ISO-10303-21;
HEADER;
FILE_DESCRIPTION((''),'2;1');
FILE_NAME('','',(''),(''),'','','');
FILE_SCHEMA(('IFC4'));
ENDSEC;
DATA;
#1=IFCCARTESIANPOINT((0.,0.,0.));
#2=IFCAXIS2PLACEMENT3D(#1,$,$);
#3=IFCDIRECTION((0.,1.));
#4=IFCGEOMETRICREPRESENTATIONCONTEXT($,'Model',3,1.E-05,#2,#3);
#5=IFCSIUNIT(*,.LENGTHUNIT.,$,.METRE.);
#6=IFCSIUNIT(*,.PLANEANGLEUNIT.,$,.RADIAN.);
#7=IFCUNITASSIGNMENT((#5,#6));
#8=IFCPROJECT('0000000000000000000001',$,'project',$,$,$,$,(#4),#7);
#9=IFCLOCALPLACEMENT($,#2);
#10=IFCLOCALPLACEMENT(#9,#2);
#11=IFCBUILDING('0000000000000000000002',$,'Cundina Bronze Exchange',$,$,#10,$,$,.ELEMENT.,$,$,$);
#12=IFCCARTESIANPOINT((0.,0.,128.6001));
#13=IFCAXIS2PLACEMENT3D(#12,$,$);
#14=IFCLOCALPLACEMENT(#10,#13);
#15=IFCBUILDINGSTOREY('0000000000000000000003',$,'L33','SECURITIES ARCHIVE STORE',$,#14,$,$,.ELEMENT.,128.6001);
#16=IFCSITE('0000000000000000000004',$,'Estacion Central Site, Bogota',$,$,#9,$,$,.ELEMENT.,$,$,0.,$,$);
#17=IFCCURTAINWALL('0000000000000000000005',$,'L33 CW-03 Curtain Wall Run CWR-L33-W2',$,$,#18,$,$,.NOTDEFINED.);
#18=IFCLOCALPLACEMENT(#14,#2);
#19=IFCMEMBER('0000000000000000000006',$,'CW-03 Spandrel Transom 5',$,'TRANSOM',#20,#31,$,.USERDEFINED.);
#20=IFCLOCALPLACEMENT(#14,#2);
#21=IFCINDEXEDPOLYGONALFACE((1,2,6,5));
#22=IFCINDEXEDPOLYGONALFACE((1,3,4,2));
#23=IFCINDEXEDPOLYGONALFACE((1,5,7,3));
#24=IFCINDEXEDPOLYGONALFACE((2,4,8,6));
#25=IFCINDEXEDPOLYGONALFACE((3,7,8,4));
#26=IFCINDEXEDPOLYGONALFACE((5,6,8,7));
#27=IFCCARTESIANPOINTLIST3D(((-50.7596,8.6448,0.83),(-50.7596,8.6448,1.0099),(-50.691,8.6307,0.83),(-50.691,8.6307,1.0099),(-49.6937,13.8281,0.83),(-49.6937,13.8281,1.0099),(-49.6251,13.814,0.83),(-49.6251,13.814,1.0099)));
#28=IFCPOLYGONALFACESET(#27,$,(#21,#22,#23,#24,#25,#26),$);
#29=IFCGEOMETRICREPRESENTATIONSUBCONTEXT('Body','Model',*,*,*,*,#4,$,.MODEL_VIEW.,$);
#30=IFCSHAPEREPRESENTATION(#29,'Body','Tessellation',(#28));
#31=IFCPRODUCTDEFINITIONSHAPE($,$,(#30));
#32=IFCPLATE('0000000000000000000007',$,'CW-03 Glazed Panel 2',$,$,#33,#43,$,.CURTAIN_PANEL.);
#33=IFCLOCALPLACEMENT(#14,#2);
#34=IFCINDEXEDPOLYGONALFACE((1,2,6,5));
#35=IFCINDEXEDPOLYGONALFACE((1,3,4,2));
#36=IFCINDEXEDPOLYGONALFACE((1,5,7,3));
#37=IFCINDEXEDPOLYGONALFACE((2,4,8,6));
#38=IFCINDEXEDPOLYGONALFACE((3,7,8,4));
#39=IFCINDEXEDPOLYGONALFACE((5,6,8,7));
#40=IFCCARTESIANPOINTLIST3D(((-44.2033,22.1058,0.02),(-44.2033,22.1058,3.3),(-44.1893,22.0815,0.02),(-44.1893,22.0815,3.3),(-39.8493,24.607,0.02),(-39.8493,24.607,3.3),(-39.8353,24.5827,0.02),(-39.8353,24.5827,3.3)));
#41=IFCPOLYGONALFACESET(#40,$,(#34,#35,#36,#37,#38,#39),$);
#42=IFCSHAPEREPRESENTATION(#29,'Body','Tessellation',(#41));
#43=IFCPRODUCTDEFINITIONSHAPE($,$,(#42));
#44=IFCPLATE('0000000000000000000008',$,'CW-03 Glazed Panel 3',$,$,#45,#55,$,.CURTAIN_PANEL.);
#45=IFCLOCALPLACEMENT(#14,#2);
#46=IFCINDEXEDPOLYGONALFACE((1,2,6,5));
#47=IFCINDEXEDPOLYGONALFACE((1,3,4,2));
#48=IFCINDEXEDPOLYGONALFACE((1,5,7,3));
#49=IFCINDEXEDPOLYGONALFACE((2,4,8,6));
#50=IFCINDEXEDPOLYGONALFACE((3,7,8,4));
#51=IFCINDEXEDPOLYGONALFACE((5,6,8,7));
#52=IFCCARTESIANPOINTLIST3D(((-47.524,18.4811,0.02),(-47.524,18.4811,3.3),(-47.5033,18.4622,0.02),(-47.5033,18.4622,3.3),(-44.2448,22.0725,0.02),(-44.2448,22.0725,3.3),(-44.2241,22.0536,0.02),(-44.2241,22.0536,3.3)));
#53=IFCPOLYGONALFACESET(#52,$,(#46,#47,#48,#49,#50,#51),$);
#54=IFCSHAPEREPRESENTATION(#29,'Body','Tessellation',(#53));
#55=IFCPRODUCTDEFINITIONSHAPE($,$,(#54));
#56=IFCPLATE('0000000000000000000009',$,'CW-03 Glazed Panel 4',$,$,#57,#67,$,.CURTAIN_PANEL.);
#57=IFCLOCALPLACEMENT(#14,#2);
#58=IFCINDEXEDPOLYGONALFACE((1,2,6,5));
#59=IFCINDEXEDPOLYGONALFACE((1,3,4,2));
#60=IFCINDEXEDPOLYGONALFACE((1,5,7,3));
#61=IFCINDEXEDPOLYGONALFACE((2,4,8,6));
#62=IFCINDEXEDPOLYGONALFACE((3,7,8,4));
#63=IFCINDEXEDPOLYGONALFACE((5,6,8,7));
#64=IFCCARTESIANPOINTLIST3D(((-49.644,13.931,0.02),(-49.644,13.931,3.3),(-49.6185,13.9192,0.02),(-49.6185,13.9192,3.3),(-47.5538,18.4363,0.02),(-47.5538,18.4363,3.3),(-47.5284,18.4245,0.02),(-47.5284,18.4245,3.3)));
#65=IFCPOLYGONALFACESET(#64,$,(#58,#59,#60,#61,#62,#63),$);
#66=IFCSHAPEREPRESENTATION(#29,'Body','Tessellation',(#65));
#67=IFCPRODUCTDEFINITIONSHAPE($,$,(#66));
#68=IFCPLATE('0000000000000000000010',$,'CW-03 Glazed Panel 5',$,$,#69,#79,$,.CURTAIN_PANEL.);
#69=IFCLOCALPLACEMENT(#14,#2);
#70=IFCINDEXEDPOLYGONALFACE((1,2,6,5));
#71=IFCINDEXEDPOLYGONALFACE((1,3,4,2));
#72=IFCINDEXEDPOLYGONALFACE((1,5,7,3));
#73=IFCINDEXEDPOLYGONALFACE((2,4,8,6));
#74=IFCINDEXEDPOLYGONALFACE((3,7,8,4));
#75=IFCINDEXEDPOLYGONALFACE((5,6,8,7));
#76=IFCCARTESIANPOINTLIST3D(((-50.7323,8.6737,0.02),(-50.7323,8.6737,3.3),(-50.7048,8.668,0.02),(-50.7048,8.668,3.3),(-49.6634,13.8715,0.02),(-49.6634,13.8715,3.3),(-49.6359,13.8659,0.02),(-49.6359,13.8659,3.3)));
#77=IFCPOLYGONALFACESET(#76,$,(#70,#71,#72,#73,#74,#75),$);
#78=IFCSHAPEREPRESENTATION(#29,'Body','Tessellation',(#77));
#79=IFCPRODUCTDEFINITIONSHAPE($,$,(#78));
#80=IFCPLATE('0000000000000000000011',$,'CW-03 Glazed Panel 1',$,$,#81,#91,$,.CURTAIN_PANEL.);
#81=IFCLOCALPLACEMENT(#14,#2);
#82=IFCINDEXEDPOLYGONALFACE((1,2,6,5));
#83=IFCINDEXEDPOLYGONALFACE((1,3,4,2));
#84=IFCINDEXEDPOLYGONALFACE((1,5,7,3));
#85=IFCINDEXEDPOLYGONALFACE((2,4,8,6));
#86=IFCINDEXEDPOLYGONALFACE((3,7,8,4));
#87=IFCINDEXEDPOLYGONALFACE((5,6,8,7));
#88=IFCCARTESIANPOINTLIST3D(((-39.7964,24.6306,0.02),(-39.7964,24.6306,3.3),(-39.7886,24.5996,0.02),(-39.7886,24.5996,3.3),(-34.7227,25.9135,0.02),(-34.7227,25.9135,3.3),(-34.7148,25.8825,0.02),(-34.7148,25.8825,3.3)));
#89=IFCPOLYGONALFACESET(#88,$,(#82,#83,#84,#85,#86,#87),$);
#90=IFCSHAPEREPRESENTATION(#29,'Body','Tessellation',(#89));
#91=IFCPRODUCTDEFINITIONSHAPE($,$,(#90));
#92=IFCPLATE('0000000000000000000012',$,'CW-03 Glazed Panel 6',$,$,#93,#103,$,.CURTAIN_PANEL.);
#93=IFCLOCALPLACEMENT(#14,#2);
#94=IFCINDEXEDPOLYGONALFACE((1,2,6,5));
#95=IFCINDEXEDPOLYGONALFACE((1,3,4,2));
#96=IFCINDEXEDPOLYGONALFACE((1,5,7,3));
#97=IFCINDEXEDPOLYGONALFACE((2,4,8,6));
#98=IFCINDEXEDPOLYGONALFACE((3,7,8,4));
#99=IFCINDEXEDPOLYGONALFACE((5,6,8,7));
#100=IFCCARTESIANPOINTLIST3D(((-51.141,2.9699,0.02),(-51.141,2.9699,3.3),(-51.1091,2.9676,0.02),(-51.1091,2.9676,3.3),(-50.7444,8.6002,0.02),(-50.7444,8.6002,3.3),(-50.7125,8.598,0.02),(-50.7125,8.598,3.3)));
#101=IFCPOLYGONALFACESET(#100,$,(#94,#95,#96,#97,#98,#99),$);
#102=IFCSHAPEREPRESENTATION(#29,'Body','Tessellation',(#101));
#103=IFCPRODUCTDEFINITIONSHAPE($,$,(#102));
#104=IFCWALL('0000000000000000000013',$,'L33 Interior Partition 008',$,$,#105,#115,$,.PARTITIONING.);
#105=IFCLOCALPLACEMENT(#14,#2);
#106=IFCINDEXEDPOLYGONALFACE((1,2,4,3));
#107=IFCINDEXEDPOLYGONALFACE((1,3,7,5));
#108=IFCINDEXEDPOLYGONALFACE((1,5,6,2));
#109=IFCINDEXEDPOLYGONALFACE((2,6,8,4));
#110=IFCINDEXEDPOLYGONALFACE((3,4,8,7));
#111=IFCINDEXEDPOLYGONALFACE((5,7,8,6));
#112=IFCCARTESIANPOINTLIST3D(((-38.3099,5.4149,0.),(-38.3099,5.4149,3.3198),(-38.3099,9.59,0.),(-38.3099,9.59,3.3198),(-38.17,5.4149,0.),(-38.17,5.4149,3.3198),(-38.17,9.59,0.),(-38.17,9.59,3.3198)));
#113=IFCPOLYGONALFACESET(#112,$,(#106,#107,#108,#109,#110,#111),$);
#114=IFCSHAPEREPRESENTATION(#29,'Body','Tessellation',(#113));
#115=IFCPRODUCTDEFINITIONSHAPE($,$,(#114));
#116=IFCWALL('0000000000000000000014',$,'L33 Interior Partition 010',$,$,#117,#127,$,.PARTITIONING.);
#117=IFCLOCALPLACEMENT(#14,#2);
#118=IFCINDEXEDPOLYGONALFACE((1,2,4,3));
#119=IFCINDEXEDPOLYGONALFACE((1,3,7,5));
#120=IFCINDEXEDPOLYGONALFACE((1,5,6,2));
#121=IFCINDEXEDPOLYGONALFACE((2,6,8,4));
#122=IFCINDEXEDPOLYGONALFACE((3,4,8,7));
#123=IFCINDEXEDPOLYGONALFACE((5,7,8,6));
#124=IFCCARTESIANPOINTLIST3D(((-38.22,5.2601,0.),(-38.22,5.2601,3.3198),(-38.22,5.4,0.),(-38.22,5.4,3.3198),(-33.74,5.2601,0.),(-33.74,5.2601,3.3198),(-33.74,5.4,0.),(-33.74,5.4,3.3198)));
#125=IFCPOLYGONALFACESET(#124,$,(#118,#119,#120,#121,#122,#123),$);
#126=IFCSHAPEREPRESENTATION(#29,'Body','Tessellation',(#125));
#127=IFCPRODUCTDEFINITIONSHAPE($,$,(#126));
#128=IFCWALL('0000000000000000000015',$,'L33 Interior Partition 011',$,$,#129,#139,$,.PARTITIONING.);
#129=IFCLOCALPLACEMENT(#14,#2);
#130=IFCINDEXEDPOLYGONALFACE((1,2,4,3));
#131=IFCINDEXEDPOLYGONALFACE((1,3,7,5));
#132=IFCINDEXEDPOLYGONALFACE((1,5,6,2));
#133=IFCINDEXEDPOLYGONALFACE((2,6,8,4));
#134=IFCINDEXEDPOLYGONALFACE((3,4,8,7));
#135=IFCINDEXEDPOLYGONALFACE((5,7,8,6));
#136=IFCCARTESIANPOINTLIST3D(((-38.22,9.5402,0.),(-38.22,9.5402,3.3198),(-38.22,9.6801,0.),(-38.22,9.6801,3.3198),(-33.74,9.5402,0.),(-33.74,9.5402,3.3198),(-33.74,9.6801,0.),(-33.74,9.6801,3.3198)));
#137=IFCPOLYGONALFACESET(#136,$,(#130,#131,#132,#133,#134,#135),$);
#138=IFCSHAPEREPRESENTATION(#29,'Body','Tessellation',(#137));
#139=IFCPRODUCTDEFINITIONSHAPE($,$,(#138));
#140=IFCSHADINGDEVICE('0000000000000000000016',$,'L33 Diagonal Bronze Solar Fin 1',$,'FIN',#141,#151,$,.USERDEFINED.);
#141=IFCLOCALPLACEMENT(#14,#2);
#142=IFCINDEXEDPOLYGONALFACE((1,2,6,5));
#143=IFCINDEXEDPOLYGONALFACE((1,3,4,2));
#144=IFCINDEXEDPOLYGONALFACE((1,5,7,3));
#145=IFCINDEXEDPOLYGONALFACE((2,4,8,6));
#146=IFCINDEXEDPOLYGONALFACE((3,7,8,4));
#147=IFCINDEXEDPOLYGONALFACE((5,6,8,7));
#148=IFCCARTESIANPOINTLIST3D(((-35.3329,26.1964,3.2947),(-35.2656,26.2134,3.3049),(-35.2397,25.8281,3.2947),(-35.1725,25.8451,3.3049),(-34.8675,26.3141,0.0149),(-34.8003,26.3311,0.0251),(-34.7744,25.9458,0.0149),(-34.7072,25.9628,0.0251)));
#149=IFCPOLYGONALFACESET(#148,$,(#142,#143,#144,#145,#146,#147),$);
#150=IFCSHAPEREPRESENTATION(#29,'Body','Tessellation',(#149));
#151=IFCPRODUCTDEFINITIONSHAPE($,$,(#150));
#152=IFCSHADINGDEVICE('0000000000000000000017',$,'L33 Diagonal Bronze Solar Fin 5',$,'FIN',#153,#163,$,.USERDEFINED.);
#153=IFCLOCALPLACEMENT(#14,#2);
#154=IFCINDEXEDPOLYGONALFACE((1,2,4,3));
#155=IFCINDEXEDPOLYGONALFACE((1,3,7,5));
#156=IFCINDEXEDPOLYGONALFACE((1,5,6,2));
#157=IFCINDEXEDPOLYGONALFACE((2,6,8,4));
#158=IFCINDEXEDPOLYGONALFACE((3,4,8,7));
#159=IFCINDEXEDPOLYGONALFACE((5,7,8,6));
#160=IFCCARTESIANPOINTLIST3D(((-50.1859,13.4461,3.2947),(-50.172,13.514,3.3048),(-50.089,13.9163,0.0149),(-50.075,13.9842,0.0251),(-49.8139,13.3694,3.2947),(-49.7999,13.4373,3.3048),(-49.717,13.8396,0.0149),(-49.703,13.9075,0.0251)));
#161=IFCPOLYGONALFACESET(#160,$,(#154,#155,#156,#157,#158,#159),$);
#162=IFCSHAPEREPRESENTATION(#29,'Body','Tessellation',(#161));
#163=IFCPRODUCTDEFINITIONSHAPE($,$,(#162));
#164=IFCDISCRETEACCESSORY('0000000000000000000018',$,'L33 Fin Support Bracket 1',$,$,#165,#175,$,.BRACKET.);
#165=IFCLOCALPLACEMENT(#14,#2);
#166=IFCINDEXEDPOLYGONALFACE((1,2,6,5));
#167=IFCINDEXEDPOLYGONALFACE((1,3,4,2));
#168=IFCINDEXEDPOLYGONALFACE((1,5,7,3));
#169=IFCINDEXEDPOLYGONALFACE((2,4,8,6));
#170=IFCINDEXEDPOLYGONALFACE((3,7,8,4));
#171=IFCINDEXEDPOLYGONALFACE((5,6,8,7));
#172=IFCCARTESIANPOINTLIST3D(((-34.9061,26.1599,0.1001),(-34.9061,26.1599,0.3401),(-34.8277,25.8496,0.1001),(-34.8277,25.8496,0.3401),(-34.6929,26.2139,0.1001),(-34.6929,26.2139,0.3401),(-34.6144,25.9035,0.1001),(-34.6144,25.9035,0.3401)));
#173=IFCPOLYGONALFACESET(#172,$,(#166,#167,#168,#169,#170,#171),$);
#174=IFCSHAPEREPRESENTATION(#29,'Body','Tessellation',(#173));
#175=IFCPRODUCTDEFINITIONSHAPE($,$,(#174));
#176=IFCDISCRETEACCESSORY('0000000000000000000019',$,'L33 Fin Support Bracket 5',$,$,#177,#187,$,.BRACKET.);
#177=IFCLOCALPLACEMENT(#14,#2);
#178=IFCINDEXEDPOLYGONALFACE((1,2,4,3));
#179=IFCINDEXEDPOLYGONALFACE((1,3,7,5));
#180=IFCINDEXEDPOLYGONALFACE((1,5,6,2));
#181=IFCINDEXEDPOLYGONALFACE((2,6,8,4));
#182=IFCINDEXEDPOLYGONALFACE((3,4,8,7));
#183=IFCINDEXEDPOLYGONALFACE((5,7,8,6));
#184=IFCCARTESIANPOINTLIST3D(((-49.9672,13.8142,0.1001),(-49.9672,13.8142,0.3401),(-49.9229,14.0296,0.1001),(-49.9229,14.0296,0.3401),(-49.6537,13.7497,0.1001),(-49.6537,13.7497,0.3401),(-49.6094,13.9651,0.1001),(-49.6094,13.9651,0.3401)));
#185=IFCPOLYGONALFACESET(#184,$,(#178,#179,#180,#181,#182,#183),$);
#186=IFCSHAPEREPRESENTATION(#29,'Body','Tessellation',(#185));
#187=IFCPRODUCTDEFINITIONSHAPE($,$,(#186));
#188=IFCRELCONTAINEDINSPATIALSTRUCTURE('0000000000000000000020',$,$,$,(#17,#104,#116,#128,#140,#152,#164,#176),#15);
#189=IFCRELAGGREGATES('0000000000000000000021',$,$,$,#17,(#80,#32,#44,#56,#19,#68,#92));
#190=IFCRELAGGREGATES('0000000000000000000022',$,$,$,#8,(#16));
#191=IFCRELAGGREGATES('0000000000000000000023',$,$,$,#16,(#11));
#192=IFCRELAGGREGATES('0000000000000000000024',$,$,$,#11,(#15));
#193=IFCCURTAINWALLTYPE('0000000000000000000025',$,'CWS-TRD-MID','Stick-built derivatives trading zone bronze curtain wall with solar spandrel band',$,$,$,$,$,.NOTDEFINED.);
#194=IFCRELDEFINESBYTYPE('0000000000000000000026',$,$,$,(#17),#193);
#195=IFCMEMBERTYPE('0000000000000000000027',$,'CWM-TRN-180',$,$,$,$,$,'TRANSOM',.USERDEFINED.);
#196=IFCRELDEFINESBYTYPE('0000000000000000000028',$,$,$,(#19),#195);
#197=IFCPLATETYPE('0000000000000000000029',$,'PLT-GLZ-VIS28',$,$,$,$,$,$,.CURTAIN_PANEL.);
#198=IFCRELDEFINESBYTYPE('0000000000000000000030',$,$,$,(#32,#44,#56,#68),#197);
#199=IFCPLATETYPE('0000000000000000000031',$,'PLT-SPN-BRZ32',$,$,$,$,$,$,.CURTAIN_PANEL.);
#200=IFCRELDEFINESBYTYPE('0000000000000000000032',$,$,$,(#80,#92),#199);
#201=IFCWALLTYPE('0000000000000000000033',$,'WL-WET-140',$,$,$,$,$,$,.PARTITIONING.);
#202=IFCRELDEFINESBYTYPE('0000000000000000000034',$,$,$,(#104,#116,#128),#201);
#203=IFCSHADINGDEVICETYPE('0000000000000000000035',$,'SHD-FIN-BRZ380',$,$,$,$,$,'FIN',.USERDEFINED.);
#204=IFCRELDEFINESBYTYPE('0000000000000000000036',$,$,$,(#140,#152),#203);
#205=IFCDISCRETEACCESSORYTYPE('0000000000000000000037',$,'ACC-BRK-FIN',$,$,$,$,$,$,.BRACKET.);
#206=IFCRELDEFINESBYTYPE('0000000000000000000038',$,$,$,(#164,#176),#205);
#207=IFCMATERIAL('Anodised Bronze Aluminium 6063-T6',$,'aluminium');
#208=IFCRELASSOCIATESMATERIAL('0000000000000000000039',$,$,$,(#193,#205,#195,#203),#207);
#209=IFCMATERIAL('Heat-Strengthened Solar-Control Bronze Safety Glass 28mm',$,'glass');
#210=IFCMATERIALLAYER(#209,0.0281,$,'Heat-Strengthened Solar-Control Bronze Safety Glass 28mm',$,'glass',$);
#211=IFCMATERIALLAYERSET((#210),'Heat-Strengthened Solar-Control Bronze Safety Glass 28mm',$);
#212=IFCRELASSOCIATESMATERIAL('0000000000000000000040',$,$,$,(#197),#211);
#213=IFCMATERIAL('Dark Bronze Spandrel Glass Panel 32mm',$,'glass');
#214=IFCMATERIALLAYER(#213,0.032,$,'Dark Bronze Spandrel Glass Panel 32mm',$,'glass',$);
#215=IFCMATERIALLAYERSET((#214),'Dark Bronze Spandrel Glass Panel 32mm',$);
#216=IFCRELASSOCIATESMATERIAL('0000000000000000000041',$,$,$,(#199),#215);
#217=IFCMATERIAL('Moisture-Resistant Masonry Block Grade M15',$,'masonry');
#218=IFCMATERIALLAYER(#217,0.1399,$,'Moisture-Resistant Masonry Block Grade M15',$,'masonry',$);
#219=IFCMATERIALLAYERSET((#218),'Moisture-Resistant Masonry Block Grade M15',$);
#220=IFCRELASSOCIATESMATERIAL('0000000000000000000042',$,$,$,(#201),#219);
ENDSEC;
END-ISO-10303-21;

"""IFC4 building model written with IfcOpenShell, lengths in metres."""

from ifc_helpers import new_model, si_unit, direction, frame, frame_2d, origin, origin_2d, place, context, subcontext, project, spatial, rectangle, extrude, material, layer, layer_set, material_profile, profile_set, type_object, element, aggregate, save


model = new_model("IFC4")

# Units and contexts
model_context = context("Model", 3, precision=1e-05, world=origin(), true_north=direction((0.0, 1.0)))
body_context = subcontext(model_context, "Body", "Model", "MODEL_VIEW")
ifc_project = project(units=[si_unit("LENGTHUNIT", "METRE"), si_unit("PLANEANGLEUNIT", "RADIAN")], contexts=[model_context])

# Site, building, storey
site_placement = place(None, origin())
site = spatial("IfcSite", under=ifc_project, at=site_placement, Name="Estacion Central Site, Bogota", CompositionType="ELEMENT", RefElevation=0.0)
building_placement = place(site_placement, origin())
building = spatial("IfcBuilding", under=site, at=building_placement, Name="Cundina Bronze Exchange", CompositionType="ELEMENT")
storey_placement = place(building_placement, frame((0.0, 0.0, 128.6001)))
storey = spatial("IfcBuildingStorey", under=building, at=storey_placement, Name="L33", Description="SECURITIES ARCHIVE STORE", CompositionType="ELEMENT", Elevation=128.6001)

# Curtain wall, member, plates
ifc_material_1 = material(Name="Anodised Bronze Aluminium 6063-T6", Category="aluminium")
curtain_wall_type = type_object("IfcCurtainWallType", Name="CWS-TRD-MID", Description="Stick-built derivatives trading zone bronze curtain wall with solar spandrel band", PredefinedType="NOTDEFINED", material=ifc_material_1)
curtain_wall_placement = place(storey_placement, origin())
curtain_wall = element("IfcCurtainWall", 1, at=curtain_wall_placement, inside=storey, type_object=curtain_wall_type, Name="L33 CW-03 Curtain Wall Run CWR-L33-W2", PredefinedType="NOTDEFINED")
ifc_material_profile_1 = material_profile(ifc_material_1, rectangle(XDim=0.0701, YDim=0.1799, at=origin_2d()), Name="AL70X180", Category="aluminium")
ifc_profile_set_1 = profile_set([ifc_material_profile_1], Name="Anodised Bronze Aluminium 6063-T6")
member_type_1 = type_object("IfcMemberType", Name="CWM-TRN-180", ElementType="TRANSOM", PredefinedType="USERDEFINED", material=ifc_profile_set_1)
member_1_placement = place(storey_placement, frame((-49.6594, 13.821, 0.9199), z_axis=(-0.201428, -0.979503, 0.0), x_axis=(0.979503, -0.201428, 0.0)))
member_1 = element("IfcMember", 2, at=member_1_placement, type_object=member_type_1, Name="CW-03 Spandrel Transom 5", ObjectType="TRANSOM", PredefinedType="USERDEFINED", context=body_context, shape_type="SweptSolid", body=[
    extrude(rectangle(XDim=0.0701, YDim=0.1799, at=origin_2d()), origin(), (0.0, 0.0, 1.0), 5.2917),
])
ifc_material_2 = material(Name="Heat-Strengthened Solar-Control Bronze Safety Glass 28mm", Category="glass")
ifc_layer_1 = layer(ifc_material_2, 0.0281, Name="Heat-Strengthened Solar-Control Bronze Safety Glass 28mm", Category="glass")
ifc_layer_set_1 = layer_set([ifc_layer_1], Name="Heat-Strengthened Solar-Control Bronze Safety Glass 28mm")
plate_type_1 = type_object("IfcPlateType", Name="PLT-GLZ-VIS28", PredefinedType="CURTAIN_PANEL", material=ifc_layer_set_1)
plate_1_placement = place(storey_placement, frame((-42.0193, 23.3442, 0.02), z_axis=(0.0, 0.0, 1.0), x_axis=(-0.867105, -0.498125, 0.0)))
plate_1 = element("IfcPlate", 3, at=plate_1_placement, type_object=plate_type_1, Name="CW-03 Glazed Panel 2", PredefinedType="CURTAIN_PANEL", context=body_context, shape_type="SweptSolid", body=[
    extrude(rectangle(XDim=5.0212, YDim=0.0281, at=origin_2d()), origin(), (0.0, 0.0, 1.0), 3.28),
])
plate_2_placement = place(storey_placement, frame((-45.874, 20.2673, 0.02), z_axis=(0.0, 0.0, 1.0), x_axis=(-0.674277, -0.738479, 0.0)))
plate_2 = element("IfcPlate", 4, at=plate_2_placement, type_object=plate_type_1, Name="CW-03 Glazed Panel 3", PredefinedType="CURTAIN_PANEL", context=body_context, shape_type="SweptSolid", body=[
    extrude(rectangle(XDim=4.8633, YDim=0.0281, at=origin_2d()), origin(), (0.0, 0.0, 1.0), 3.28),
])
plate_3_placement = place(storey_placement, frame((-48.5862, 16.1777, 0.02), z_axis=(0.0, 0.0, 1.0), x_axis=(-0.420846, -0.907132, 0.0)))
plate_3 = element("IfcPlate", 5, at=plate_3_placement, type_object=plate_type_1, Name="CW-03 Glazed Panel 4", PredefinedType="CURTAIN_PANEL", context=body_context, shape_type="SweptSolid", body=[
    extrude(rectangle(XDim=4.9666, YDim=0.0281, at=origin_2d()), origin(), (0.0, 0.0, 1.0), 3.28),
])
plate_4_placement = place(storey_placement, frame((-50.1841, 11.2698, 0.02), z_axis=(0.0, 0.0, 1.0), x_axis=(-0.20142, -0.979505, 0.0)))
plate_4 = element("IfcPlate", 6, at=plate_4_placement, type_object=plate_type_1, Name="CW-03 Glazed Panel 5", PredefinedType="CURTAIN_PANEL", context=body_context, shape_type="SweptSolid", body=[
    extrude(rectangle(XDim=5.3066, YDim=0.0281, at=origin_2d()), origin(), (0.0, 0.0, 1.0), 3.28),
])
ifc_material_3 = material(Name="Dark Bronze Spandrel Glass Panel 32mm", Category="glass")
ifc_layer_2 = layer(ifc_material_3, 0.032, Name="Dark Bronze Spandrel Glass Panel 32mm", Category="glass")
ifc_layer_set_2 = layer_set([ifc_layer_2], Name="Dark Bronze Spandrel Glass Panel 32mm")
plate_type_2 = type_object("IfcPlateType", Name="PLT-SPN-BRZ32", PredefinedType="CURTAIN_PANEL", material=ifc_layer_set_2)
plate_5_placement = place(storey_placement, frame((-37.2556, 25.2566, 0.02), z_axis=(0.0, 0.0, 1.0), x_axis=(-0.969488, -0.245138, 0.0)))
plate_5 = element("IfcPlate", 7, at=plate_5_placement, type_object=plate_type_2, Name="CW-03 Glazed Panel 1", PredefinedType="CURTAIN_PANEL", context=body_context, shape_type="SweptSolid", body=[
    extrude(rectangle(XDim=5.2334, YDim=0.032, at=origin_2d()), origin(), (0.0, 0.0, 1.0), 3.28),
])
plate_6_placement = place(storey_placement, frame((-50.9268, 5.7839, 0.02), z_axis=(0.0, 0.0, 1.0), x_axis=(-0.070279, -0.997527, 0.0)))
plate_6 = element("IfcPlate", 8, at=plate_6_placement, type_object=plate_type_2, Name="CW-03 Glazed Panel 6", PredefinedType="CURTAIN_PANEL", context=body_context, shape_type="SweptSolid", body=[
    extrude(rectangle(XDim=5.6443, YDim=0.032, at=origin_2d()), origin(), (0.0, 0.0, 1.0), 3.28),
])
aggregate(curtain_wall, [plate_5, plate_1, plate_2, plate_3, member_1, plate_4, plate_6])

# Walls
ifc_material_4 = material(Name="Moisture-Resistant Masonry Block Grade M15", Category="masonry")
ifc_layer_3 = layer(ifc_material_4, 0.1399, Name="Moisture-Resistant Masonry Block Grade M15", Category="masonry")
ifc_layer_set_3 = layer_set([ifc_layer_3], Name="Moisture-Resistant Masonry Block Grade M15")
wall_type = type_object("IfcWallType", Name="WL-WET-140", PredefinedType="PARTITIONING", material=ifc_layer_set_3)
wall_placement = place(storey_placement, frame((-38.24, 5.415, 0.0), z_axis=(0.0, 0.0, 1.0), x_axis=(0.0, 1.0, 0.0)))
element("IfcWall", 9, at=wall_placement, inside=storey, type_object=wall_type, Name="L33 Interior Partition 008", PredefinedType="PARTITIONING", context=body_context, shape_type="SweptSolid", body=[
    extrude(rectangle(XDim=4.175, YDim=0.1399, at=frame_2d((2.0874, 0.0))), origin(), (0.0, 0.0, 1.0), 3.3198),
])
for number, where, z_axis, x_axis, name in (
    (10, (-38.22, 5.3301, 0.0), (0.0, 0.0, 1.0), (1.0, 0.0, 0.0), "L33 Interior Partition 010"),
    (11, (-38.22, 9.6101, 0.0), (0.0, 0.0, 1.0), (1.0, 0.0, 0.0), "L33 Interior Partition 011"),
):
    element("IfcWall", number, at=place(storey_placement, frame(where, z_axis=z_axis, x_axis=x_axis)), inside=storey, type_object=wall_type, Name=name, PredefinedType="PARTITIONING", context=body_context, shape_type="SweptSolid", body=[
        extrude(rectangle(XDim=4.48, YDim=0.1399, at=frame_2d((2.24, 0.0))), origin(), (0.0, 0.0, 1.0), 3.3198),
    ])

# Shading devices
ifc_material_profile_2 = material_profile(ifc_material_1, rectangle(XDim=0.0701, YDim=0.3799, at=origin_2d()), Name="FIN70X380", Category="aluminium")
ifc_profile_set_2 = profile_set([ifc_material_profile_2], Name="Anodised Bronze Aluminium 6063-T6")
shading_device_type = type_object("IfcShadingDeviceType", Name="SHD-FIN-BRZ380", ElementType="FIN", PredefinedType="USERDEFINED", material=ifc_profile_set_2)
for number, where, z_axis, x_axis, name in (
    (12, (-34.7874, 26.1384, 0.02), (-0.140383, -0.035501, 0.989461), (0.959263, 0.242584, 0.144803), "L33 Diagonal Bronze Solar Fin 1"),
    (13, (-49.896, 13.9119, 0.02), (-0.02924, -0.141856, 0.989455), (0.199754, 0.969082, 0.144838), "L33 Diagonal Bronze Solar Fin 5"),
):
    element("IfcShadingDevice", number, at=place(storey_placement, frame(where, z_axis=z_axis, x_axis=x_axis)), inside=storey, type_object=shading_device_type, Name=name, ObjectType="FIN", PredefinedType="USERDEFINED", context=body_context, shape_type="SweptSolid", body=[
        extrude(rectangle(XDim=0.0701, YDim=0.3799, at=origin_2d()), origin(), (0.0, 0.0, 1.0), 3.3147),
    ])

# Discrete accessories
discrete_accessory_type = type_object("IfcDiscreteAccessoryType", Name="ACC-BRK-FIN", PredefinedType="BRACKET", material=ifc_material_1)
for number, where, z_axis, x_axis, name in (
    (14, (-34.7603, 26.0317, 0.1001), (0.0, 0.0, 1.0), (-0.969488, -0.245138, 0.0), "L33 Fin Support Bracket 1"),
    (15, (-49.7883, 13.8896, 0.1001), (0.0, 0.0, 1.0), (-0.20142, -0.979505, 0.0), "L33 Fin Support Bracket 5"),
):
    element("IfcDiscreteAccessory", number, at=place(storey_placement, frame(where, z_axis=z_axis, x_axis=x_axis)), inside=storey, type_object=discrete_accessory_type, Name=name, PredefinedType="BRACKET", context=body_context, shape_type="SweptSolid", body=[
        extrude(rectangle(XDim=0.22, YDim=0.3201, at=origin_2d()), origin(), (0.0, 0.0, 1.0), 0.24),
    ])

save(model, "model.ifc")
